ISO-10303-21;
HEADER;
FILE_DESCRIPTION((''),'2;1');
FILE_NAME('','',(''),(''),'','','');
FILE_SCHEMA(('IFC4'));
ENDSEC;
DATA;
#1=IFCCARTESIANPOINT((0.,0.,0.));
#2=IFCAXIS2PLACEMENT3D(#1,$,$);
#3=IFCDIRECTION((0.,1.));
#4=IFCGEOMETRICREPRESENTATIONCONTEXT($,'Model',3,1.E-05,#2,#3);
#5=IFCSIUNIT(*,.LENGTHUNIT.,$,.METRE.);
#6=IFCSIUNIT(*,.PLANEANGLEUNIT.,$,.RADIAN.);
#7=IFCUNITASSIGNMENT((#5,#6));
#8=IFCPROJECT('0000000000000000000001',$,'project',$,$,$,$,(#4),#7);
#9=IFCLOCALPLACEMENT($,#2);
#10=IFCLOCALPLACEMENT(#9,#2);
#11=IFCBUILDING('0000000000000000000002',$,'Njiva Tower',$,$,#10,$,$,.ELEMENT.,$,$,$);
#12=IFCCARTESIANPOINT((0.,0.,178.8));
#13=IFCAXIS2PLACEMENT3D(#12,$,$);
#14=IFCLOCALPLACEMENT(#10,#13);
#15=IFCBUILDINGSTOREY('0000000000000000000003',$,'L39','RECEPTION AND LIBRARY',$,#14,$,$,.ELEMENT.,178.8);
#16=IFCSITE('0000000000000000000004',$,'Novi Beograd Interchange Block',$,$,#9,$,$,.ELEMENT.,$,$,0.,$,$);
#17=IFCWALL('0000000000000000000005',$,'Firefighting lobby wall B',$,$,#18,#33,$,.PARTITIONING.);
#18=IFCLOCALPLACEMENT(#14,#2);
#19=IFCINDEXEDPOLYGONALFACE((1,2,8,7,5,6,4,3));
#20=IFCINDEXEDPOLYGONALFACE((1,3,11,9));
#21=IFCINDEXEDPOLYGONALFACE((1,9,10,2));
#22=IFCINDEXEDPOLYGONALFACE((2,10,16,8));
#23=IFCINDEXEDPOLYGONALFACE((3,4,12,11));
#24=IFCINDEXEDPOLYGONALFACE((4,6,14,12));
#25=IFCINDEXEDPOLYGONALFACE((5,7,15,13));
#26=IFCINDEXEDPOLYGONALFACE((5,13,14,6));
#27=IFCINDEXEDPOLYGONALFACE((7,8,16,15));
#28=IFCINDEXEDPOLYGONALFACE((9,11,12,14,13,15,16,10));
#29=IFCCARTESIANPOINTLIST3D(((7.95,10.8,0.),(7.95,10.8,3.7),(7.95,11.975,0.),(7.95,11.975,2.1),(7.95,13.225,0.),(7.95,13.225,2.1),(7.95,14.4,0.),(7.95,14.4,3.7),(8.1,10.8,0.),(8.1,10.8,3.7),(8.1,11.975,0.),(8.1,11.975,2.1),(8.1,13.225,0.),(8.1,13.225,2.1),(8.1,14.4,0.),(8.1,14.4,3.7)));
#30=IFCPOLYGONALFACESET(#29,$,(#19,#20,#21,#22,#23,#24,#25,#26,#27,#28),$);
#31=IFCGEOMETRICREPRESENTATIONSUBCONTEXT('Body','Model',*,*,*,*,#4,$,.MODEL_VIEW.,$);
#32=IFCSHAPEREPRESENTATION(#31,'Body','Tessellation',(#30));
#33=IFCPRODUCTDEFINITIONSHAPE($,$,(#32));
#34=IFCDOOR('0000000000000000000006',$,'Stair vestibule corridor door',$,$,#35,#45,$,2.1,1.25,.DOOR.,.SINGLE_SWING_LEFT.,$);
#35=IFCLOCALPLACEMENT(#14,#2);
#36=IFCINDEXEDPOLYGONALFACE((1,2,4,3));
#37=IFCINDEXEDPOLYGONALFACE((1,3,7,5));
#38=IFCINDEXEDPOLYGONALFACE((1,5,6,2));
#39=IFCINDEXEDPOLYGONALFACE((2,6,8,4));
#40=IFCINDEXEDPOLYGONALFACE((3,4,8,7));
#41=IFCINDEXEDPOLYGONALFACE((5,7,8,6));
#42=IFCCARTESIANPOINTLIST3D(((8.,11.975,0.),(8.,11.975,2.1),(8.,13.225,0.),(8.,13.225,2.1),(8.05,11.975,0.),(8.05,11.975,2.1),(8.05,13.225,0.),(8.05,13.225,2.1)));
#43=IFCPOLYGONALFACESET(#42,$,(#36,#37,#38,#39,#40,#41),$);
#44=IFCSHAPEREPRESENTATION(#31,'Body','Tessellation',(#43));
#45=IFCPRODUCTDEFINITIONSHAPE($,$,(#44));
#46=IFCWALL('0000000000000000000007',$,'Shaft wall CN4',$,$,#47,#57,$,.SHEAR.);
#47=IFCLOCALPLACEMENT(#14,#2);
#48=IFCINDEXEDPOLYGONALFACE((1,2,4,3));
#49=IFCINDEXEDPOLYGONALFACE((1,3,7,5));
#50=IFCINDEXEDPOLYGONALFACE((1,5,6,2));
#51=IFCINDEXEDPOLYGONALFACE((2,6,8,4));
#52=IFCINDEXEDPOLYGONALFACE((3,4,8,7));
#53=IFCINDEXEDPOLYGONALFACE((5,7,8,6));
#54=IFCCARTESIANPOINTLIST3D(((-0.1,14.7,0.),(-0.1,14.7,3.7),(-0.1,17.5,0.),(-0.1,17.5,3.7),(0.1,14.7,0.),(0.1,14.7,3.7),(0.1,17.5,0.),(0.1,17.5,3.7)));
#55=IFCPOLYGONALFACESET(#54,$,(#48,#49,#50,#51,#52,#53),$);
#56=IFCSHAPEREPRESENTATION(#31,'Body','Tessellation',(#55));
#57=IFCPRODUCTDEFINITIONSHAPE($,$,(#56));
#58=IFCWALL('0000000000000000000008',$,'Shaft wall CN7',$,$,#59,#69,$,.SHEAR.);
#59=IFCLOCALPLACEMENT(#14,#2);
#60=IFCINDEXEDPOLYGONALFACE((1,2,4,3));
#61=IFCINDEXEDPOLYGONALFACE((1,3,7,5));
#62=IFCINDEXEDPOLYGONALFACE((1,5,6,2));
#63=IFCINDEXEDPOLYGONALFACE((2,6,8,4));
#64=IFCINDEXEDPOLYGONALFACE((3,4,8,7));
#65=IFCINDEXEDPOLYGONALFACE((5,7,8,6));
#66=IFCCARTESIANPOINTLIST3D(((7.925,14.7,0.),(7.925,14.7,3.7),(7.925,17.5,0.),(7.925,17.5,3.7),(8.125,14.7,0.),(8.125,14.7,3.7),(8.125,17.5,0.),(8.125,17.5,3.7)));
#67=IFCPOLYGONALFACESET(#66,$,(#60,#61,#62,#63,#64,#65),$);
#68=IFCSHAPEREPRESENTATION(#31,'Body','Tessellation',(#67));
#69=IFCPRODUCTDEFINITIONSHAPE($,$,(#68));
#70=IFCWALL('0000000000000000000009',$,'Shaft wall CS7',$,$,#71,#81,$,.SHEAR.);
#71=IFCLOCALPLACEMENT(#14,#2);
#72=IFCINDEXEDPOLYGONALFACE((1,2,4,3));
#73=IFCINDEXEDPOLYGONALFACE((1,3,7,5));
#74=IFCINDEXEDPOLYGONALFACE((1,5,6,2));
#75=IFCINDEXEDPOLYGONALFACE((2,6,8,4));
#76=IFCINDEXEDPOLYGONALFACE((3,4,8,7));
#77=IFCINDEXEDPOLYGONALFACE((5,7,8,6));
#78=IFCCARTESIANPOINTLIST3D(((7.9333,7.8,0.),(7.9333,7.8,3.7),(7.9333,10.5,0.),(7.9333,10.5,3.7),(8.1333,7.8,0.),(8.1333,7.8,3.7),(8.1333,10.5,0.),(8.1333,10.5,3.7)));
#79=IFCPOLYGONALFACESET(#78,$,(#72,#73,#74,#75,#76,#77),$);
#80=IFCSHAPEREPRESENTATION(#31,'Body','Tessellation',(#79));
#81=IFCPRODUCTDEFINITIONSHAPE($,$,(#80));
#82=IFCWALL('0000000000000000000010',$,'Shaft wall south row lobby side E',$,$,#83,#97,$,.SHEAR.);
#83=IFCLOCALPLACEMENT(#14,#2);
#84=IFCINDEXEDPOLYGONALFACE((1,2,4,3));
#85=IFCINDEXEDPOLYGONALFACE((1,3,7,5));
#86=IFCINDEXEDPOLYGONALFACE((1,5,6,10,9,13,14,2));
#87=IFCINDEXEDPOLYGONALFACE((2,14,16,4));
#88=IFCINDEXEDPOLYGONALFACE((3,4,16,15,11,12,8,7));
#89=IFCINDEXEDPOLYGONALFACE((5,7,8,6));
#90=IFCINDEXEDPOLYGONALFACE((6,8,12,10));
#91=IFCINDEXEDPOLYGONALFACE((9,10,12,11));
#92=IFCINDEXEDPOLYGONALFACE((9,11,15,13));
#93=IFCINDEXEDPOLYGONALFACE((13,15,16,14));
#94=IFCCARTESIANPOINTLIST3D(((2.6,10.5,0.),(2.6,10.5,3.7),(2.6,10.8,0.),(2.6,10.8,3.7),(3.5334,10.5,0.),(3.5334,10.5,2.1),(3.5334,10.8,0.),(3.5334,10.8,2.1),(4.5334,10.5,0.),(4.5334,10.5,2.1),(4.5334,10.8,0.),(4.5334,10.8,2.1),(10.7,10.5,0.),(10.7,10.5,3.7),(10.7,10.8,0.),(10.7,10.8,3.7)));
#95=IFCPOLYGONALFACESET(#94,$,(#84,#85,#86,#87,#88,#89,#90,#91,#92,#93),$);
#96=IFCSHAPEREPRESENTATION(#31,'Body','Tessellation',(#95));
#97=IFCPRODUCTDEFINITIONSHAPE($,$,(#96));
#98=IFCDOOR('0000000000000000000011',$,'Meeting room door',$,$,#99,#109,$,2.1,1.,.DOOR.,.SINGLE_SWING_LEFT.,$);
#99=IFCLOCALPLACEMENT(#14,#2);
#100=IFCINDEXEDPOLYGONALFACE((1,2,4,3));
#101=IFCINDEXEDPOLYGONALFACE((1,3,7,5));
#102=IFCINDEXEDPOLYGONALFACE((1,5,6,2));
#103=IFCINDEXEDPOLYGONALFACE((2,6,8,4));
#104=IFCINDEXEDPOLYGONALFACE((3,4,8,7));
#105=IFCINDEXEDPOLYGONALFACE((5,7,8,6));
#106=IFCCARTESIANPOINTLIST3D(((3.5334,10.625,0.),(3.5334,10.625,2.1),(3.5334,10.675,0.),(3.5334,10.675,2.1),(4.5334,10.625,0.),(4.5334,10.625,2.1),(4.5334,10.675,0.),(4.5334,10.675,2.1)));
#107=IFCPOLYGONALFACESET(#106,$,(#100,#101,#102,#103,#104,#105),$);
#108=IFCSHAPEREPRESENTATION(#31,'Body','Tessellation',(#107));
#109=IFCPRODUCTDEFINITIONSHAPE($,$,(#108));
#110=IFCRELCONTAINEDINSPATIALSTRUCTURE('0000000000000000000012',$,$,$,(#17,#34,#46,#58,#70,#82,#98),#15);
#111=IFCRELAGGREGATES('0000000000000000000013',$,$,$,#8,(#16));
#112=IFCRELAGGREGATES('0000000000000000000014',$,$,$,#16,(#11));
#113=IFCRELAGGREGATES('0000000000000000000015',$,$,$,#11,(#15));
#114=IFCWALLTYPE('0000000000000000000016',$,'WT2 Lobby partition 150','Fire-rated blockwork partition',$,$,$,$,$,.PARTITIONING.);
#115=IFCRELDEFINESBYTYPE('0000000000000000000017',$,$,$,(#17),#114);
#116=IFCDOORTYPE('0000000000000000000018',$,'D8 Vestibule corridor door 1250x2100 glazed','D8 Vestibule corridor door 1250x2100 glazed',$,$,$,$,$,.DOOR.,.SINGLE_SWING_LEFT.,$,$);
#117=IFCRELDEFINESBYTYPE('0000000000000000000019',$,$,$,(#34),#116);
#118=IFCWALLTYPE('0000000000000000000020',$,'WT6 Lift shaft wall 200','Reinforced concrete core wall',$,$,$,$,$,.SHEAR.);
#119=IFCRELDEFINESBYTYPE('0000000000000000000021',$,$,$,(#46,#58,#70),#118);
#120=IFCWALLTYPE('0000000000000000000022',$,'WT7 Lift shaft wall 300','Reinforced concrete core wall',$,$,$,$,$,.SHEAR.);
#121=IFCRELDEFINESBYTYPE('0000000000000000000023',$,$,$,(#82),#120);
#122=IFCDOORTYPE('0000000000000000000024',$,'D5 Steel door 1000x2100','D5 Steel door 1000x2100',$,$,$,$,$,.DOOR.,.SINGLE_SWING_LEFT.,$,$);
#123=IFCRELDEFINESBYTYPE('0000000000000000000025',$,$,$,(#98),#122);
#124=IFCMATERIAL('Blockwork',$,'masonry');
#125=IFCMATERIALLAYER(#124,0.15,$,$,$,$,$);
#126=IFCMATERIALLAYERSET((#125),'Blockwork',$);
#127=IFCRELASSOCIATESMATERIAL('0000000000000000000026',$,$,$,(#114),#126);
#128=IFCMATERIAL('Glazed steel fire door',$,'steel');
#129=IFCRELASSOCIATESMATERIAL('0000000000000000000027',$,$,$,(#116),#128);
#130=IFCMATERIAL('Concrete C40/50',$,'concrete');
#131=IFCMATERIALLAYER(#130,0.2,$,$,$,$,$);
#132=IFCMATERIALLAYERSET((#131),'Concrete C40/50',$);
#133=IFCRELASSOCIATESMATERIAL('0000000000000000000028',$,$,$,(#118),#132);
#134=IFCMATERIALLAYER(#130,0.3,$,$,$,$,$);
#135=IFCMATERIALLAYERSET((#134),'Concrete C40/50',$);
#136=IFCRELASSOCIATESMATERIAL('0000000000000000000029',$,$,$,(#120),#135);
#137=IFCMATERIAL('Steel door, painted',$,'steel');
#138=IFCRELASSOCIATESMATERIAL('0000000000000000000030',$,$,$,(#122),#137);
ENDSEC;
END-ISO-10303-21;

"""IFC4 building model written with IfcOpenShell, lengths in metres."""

from ifc_helpers import new_model, si_unit, direction, frame, frame_2d, origin, place, context, subcontext, project, spatial, rectangle, extrude, material, layer, layer_set, type_object, element, fill, save


model = new_model("IFC4")

# Units and contexts
model_context = context("Model", 3, precision=1e-05, world=origin(), true_north=direction((0.0, 1.0)))
body_context = subcontext(model_context, "Body", "Model", "MODEL_VIEW")
ifc_project = project(units=[si_unit("LENGTHUNIT", "METRE"), si_unit("PLANEANGLEUNIT", "RADIAN")], contexts=[model_context])

# Site, building, storey
site_placement = place(None, origin())
site = spatial("IfcSite", under=ifc_project, at=site_placement, Name="Novi Beograd Interchange Block", CompositionType="ELEMENT", RefElevation=0.0)
building_placement = place(site_placement, origin())
building = spatial("IfcBuilding", under=site, at=building_placement, Name="Njiva Tower", CompositionType="ELEMENT")
storey_placement = place(building_placement, frame((0.0, 0.0, 178.8)))
storey = spatial("IfcBuildingStorey", under=building, at=storey_placement, Name="L39", Description="RECEPTION AND LIBRARY", CompositionType="ELEMENT", Elevation=178.8)

# Shared definitions
ifc_material_1 = material(Name="Blockwork", Category="masonry")

# Wall, opening, door
ifc_material_2 = material(Name="Concrete C40/50", Category="concrete")
ifc_material_3 = material(Name="Glazed steel fire door", Category="steel")
ifc_layer_1 = layer(ifc_material_1, 0.15)
ifc_layer_set_1 = layer_set([ifc_layer_1], Name="Blockwork")
wall_type_1 = type_object("IfcWallType", Name="WT2 Lobby partition 150", Description="Fire-rated blockwork partition", PredefinedType="PARTITIONING", material=ifc_layer_set_1)
wall_1_placement = place(storey_placement, frame((8.025, 10.8, 0.0), z_axis=(0.0, 0.0, 1.0), x_axis=(0.0, 1.0, 0.0)))
wall_1 = element("IfcWall", 1, at=wall_1_placement, inside=storey, type_object=wall_type_1, Name="Firefighting lobby wall B", PredefinedType="PARTITIONING", context=body_context, shape_type="SweptSolid", body=[
    extrude(rectangle(XDim=3.6, YDim=0.15, at=frame_2d((1.8, 0.0))), origin(), (0.0, 0.0, 1.0), 3.7),
])
opening_1_placement = place(wall_1_placement, frame((1.175, 0.0, 0.0)))
opening_1 = element("IfcOpeningElement", 2, at=opening_1_placement, cuts=wall_1, PredefinedType="OPENING", context=body_context, shape_type="SweptSolid", body=[
    extrude(rectangle(XDim=1.25, YDim=2.1, at=frame_2d((0.625, 1.05))), frame((0.0, 0.085, 0.0), z_axis=(0.0, -1.0, 0.0), x_axis=(1.0, 0.0, 0.0)), (0.0, 0.0, 1.0), 0.17),
])
door_type_1 = type_object("IfcDoorType", Name="D8 Vestibule corridor door 1250x2100 glazed", Description="D8 Vestibule corridor door 1250x2100 glazed", OperationType="SINGLE_SWING_LEFT", PredefinedType="DOOR", material=ifc_material_3)
door_1_placement = place(opening_1_placement, origin())
door_1 = element("IfcDoor", 3, at=door_1_placement, inside=storey, type_object=door_type_1, Name="Stair vestibule corridor door", OperationType="SINGLE_SWING_LEFT", OverallHeight=2.1, OverallWidth=1.25, PredefinedType="DOOR", context=body_context, shape_type="SweptSolid", body=[
    extrude(rectangle(XDim=1.25, YDim=2.1, at=frame_2d((0.625, 1.05))), frame((0.0, 0.025, 0.0), z_axis=(0.0, -1.0, 0.0), x_axis=(1.0, 0.0, 0.0)), (0.0, 0.0, 1.0), 0.05),
])
fill(opening_1, door_1)

# Walls
ifc_layer_2 = layer(ifc_material_2, 0.2)
ifc_layer_set_2 = layer_set([ifc_layer_2], Name="Concrete C40/50")
wall_type_2 = type_object("IfcWallType", Name="WT6 Lift shaft wall 200", Description="Reinforced concrete core wall", PredefinedType="SHEAR", material=ifc_layer_set_2)
for number, where, z_axis, x_axis, name in (
    (4, (0.0, 14.7, 0.0), (0.0, 0.0, 1.0), (0.0, 1.0, 0.0), "Shaft wall CN4"),
    (5, (8.025, 14.7, 0.0), (0.0, 0.0, 1.0), (0.0, 1.0, 0.0), "Shaft wall CN7"),
):
    element("IfcWall", number, at=place(storey_placement, frame(where, z_axis=z_axis, x_axis=x_axis)), inside=storey, type_object=wall_type_2, Name=name, PredefinedType="SHEAR", context=body_context, shape_type="SweptSolid", body=[
        extrude(rectangle(XDim=2.8, YDim=0.2, at=frame_2d((1.4, 0.0))), origin(), (0.0, 0.0, 1.0), 3.7),
    ])
wall_2_placement = place(storey_placement, frame((8.0333, 7.8, 0.0), z_axis=(0.0, 0.0, 1.0), x_axis=(0.0, 1.0, 0.0)))
element("IfcWall", 6, at=wall_2_placement, inside=storey, type_object=wall_type_2, Name="Shaft wall CS7", PredefinedType="SHEAR", context=body_context, shape_type="SweptSolid", body=[
    extrude(rectangle(XDim=2.7, YDim=0.2, at=frame_2d((1.35, 0.0))), origin(), (0.0, 0.0, 1.0), 3.7),
])

# Wall, opening, door
ifc_layer_3 = layer(ifc_material_2, 0.3)
ifc_layer_set_3 = layer_set([ifc_layer_3], Name="Concrete C40/50")
wall_type_3 = type_object("IfcWallType", Name="WT7 Lift shaft wall 300", Description="Reinforced concrete core wall", PredefinedType="SHEAR", material=ifc_layer_set_3)
wall_3_placement = place(storey_placement, frame((2.6, 10.65, 0.0), z_axis=(0.0, 0.0, 1.0), x_axis=(1.0, 0.0, 0.0)))
wall_3 = element("IfcWall", 7, at=wall_3_placement, inside=storey, type_object=wall_type_3, Name="Shaft wall south row lobby side E", PredefinedType="SHEAR", context=body_context, shape_type="SweptSolid", body=[
    extrude(rectangle(XDim=8.1, YDim=0.3, at=frame_2d((4.05, 0.0))), origin(), (0.0, 0.0, 1.0), 3.7),
])
opening_2_placement = place(wall_3_placement, frame((0.9334, 0.0, 0.0)))
opening_2 = element("IfcOpeningElement", 8, at=opening_2_placement, cuts=wall_3, PredefinedType="OPENING", context=body_context, shape_type="SweptSolid", body=[
    extrude(rectangle(XDim=1.0, YDim=2.1, at=frame_2d((0.5, 1.05))), frame((0.0, 0.16, 0.0), z_axis=(0.0, -1.0, 0.0), x_axis=(1.0, 0.0, 0.0)), (0.0, 0.0, 1.0), 0.32),
])
ifc_material_4 = material(Name="Steel door, painted", Category="steel")
door_type_2 = type_object("IfcDoorType", Name="D5 Steel door 1000x2100", Description="D5 Steel door 1000x2100", OperationType="SINGLE_SWING_LEFT", PredefinedType="DOOR", material=ifc_material_4)
door_2_placement = place(opening_2_placement, origin())
door_2 = element("IfcDoor", 9, at=door_2_placement, inside=storey, type_object=door_type_2, Name="Meeting room door", OperationType="SINGLE_SWING_LEFT", OverallHeight=2.1, OverallWidth=1.0, PredefinedType="DOOR", context=body_context, shape_type="SweptSolid", body=[
    extrude(rectangle(XDim=1.0, YDim=2.1, at=frame_2d((0.5, 1.05))), frame((0.0, 0.025, 0.0), z_axis=(0.0, -1.0, 0.0), x_axis=(1.0, 0.0, 0.0)), (0.0, 0.0, 1.0), 0.05),
])
fill(opening_2, door_2)

save(model, "model.ifc")
